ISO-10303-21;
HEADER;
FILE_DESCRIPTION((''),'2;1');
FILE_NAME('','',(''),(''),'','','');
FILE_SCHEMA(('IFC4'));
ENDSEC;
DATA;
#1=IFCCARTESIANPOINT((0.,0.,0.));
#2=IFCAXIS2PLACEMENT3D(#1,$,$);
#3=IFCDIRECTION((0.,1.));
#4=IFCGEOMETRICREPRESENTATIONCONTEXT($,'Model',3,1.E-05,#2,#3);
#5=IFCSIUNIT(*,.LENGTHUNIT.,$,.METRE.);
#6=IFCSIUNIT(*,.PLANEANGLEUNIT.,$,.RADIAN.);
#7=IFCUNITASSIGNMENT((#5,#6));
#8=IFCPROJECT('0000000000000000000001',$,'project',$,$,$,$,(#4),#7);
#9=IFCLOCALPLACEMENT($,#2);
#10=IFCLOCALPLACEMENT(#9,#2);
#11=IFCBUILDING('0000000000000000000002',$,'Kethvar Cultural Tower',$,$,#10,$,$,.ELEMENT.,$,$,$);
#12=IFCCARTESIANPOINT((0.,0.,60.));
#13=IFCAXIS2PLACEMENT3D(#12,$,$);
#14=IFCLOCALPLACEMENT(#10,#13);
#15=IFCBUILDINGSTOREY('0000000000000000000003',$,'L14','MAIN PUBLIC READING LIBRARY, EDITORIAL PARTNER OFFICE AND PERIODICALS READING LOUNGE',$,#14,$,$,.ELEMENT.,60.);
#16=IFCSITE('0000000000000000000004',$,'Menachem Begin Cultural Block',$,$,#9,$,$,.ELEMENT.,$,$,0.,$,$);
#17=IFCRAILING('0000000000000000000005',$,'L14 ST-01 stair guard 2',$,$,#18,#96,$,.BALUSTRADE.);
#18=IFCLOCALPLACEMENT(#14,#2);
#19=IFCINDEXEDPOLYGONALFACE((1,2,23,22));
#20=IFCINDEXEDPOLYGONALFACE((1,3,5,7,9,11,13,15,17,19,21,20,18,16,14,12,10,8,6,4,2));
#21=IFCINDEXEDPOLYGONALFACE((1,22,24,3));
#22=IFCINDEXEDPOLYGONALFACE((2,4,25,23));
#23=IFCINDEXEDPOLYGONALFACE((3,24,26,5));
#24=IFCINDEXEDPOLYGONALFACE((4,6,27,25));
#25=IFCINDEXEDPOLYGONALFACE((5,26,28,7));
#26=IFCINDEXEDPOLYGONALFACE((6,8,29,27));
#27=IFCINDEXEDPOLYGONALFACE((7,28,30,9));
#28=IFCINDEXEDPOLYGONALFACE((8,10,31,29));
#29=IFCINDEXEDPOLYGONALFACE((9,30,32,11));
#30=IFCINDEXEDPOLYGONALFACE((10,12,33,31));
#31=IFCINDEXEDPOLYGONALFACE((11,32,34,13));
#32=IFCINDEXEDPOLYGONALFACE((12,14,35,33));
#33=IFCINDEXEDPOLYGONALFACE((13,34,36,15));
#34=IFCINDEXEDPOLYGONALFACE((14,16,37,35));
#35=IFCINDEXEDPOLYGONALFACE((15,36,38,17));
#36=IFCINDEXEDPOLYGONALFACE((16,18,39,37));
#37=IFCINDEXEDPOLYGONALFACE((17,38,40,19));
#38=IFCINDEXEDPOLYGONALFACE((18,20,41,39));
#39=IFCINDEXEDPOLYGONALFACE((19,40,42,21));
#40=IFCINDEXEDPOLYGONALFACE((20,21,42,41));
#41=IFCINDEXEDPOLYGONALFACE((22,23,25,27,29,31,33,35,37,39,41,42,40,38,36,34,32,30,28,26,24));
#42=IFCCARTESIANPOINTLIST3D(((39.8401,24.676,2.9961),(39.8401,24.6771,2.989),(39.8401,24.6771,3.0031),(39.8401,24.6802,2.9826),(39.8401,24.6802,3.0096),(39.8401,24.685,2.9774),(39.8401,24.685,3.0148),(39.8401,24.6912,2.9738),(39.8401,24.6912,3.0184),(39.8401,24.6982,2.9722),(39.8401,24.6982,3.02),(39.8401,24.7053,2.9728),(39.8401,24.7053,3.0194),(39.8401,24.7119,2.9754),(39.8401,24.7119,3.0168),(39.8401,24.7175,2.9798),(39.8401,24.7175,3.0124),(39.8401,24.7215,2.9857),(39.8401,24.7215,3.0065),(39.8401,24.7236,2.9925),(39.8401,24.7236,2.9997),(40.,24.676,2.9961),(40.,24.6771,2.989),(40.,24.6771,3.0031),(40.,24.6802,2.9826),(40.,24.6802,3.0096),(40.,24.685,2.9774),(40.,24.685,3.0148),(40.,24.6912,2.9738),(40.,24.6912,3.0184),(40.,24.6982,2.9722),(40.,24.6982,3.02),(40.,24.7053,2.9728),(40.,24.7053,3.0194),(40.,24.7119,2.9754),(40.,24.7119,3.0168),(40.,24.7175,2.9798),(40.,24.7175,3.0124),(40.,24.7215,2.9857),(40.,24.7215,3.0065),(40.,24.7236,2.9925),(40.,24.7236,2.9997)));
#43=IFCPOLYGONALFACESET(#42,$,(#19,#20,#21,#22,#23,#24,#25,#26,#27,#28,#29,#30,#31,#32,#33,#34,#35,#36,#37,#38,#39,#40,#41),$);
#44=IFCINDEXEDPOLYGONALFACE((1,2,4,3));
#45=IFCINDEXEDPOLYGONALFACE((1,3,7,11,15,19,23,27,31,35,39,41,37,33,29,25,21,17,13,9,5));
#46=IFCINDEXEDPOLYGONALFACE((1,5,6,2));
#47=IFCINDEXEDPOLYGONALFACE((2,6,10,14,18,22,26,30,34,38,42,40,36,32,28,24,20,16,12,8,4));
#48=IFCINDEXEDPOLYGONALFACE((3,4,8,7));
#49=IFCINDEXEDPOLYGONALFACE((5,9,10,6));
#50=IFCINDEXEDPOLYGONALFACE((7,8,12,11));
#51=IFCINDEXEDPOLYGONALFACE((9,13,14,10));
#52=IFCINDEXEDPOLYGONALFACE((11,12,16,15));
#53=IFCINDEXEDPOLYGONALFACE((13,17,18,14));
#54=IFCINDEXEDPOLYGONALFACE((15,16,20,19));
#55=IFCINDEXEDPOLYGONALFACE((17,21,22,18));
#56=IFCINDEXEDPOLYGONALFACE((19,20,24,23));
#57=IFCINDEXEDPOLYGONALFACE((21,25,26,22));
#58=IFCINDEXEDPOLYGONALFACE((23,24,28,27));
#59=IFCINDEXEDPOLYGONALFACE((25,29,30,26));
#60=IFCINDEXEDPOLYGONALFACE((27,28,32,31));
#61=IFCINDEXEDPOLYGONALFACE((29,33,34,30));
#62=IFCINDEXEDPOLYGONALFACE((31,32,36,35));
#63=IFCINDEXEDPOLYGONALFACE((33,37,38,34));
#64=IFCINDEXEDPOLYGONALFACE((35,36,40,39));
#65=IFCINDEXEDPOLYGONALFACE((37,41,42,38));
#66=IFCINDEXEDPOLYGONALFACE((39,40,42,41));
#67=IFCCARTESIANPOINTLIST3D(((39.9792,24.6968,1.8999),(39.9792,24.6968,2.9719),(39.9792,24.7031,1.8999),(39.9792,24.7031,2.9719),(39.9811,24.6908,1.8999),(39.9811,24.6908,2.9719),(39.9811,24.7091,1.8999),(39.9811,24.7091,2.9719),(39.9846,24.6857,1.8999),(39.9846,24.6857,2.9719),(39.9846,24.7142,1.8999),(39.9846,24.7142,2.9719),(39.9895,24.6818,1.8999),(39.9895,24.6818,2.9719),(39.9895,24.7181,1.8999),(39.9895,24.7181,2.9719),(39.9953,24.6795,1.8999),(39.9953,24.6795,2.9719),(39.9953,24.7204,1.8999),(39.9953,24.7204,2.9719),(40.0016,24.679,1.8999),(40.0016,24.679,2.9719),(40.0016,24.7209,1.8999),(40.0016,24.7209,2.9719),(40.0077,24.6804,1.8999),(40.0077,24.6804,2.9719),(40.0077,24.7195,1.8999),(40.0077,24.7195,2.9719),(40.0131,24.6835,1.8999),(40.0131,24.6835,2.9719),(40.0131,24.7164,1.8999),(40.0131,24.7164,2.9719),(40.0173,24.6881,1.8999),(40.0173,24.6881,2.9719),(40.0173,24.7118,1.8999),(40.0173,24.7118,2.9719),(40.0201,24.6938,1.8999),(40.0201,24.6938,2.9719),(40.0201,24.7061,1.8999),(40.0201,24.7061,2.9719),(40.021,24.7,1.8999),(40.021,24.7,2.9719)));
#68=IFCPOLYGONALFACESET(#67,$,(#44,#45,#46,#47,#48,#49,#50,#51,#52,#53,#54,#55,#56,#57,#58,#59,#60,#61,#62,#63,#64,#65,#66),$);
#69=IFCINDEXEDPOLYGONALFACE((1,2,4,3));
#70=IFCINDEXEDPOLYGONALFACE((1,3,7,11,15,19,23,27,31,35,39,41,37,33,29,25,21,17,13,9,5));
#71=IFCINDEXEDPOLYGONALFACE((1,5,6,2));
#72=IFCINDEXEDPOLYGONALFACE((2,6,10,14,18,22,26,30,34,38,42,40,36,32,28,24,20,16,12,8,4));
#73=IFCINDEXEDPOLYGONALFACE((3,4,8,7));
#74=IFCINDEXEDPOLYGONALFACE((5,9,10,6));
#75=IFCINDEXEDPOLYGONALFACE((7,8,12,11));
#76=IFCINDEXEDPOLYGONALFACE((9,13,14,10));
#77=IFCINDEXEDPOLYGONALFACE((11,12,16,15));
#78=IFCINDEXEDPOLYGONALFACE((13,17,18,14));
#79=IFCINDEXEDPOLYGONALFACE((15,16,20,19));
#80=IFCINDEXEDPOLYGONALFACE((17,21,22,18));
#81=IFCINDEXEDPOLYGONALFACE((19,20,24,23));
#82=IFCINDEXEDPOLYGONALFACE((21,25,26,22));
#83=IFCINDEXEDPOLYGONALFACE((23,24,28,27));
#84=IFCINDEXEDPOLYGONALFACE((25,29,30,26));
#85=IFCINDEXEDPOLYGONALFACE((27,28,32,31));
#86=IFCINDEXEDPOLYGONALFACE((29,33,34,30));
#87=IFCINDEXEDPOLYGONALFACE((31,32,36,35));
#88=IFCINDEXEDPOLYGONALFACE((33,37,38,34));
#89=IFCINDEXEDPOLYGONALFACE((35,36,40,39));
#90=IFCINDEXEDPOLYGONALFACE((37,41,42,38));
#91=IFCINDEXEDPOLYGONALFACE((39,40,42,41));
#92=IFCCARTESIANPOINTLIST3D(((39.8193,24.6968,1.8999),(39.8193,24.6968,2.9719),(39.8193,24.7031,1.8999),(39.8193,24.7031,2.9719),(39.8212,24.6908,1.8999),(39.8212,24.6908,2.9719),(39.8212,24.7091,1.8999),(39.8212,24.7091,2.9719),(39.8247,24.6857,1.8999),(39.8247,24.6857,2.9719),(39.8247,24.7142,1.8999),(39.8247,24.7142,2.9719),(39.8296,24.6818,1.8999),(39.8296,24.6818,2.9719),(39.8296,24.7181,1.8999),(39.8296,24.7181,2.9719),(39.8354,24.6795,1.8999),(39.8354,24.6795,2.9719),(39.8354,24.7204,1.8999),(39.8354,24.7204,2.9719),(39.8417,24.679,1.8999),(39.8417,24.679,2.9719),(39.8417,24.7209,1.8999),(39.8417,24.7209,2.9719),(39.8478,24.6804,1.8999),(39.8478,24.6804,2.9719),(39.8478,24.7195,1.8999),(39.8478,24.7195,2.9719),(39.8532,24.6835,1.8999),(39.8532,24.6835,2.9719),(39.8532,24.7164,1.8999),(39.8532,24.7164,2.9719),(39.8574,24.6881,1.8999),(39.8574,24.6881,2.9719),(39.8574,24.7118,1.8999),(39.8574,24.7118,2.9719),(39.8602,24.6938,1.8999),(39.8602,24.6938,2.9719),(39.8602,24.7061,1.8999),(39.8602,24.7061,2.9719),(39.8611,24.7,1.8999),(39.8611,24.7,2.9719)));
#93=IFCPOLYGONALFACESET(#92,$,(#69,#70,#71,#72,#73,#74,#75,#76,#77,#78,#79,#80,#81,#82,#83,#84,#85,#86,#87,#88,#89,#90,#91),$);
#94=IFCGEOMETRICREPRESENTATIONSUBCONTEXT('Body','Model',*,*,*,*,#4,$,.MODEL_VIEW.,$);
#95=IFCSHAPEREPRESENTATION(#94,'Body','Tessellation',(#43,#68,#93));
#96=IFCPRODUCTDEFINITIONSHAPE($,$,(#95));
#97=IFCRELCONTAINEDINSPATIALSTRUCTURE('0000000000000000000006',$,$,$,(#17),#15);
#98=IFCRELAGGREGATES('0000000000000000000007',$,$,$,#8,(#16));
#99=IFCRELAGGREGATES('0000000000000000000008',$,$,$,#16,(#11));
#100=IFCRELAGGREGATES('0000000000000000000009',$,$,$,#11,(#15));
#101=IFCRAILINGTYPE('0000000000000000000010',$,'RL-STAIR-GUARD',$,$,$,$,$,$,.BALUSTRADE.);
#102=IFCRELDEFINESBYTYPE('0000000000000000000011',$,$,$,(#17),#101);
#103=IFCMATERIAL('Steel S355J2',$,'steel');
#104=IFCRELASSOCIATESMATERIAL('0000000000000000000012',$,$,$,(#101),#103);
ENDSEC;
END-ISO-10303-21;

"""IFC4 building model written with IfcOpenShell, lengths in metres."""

from ifc_helpers import new_model, si_unit, direction, frame, origin, origin_2d, place, context, subcontext, project, spatial, circle, extrude, material, type_object, element, save


model = new_model("IFC4")

# Units and contexts
model_context = context("Model", 3, precision=1e-05, world=origin(), true_north=direction((0.0, 1.0)))
body_context = subcontext(model_context, "Body", "Model", "MODEL_VIEW")
ifc_project = project(units=[si_unit("LENGTHUNIT", "METRE"), si_unit("PLANEANGLEUNIT", "RADIAN")], contexts=[model_context])

# Site, building, storey
site_placement = place(None, origin())
site = spatial("IfcSite", under=ifc_project, at=site_placement, Name="Menachem Begin Cultural Block", CompositionType="ELEMENT", RefElevation=0.0)
building_placement = place(site_placement, origin())
building = spatial("IfcBuilding", under=site, at=building_placement, Name="Kethvar Cultural Tower", CompositionType="ELEMENT")
storey_placement = place(building_placement, frame((0.0, 0.0, 60.0)))
storey = spatial("IfcBuildingStorey", under=building, at=storey_placement, Name="L14", Description="MAIN PUBLIC READING LIBRARY, EDITORIAL PARTNER OFFICE AND PERIODICALS READING LOUNGE", CompositionType="ELEMENT", Elevation=60.0)

# Shared definitions
ifc_material_1 = material(Name="Steel S355J2", Category="steel")

# Railing
railing_type_1 = type_object("IfcRailingType", Name="RL-STAIR-GUARD", PredefinedType="BALUSTRADE", material=ifc_material_1)
railing_1_placement = place(storey_placement, frame((40.0, 24.7, 1.8999)))
element("IfcRailing", 1, at=railing_1_placement, inside=storey, type_object=railing_type_1, Name="L14 ST-01 stair guard 2", PredefinedType="BALUSTRADE", context=body_context, shape_type="SweptSolid", body=[
    extrude(circle(Radius=0.0239, at=origin_2d()), frame((0.0, 0.0, 1.0962), z_axis=(-1.0, 0.0, 0.0), x_axis=(0.0, -1.0, 0.0)), (0.0, 0.0, 1.0), 0.1599),
    extrude(circle(Radius=0.021, at=origin_2d()), origin(), (0.0, 0.0, 1.0), 1.072),
    extrude(circle(Radius=0.021, at=origin_2d()), frame((-0.1599, 0.0, 0.0)), (0.0, 0.0, 1.0), 1.072),
])

save(model, "model.ifc")
